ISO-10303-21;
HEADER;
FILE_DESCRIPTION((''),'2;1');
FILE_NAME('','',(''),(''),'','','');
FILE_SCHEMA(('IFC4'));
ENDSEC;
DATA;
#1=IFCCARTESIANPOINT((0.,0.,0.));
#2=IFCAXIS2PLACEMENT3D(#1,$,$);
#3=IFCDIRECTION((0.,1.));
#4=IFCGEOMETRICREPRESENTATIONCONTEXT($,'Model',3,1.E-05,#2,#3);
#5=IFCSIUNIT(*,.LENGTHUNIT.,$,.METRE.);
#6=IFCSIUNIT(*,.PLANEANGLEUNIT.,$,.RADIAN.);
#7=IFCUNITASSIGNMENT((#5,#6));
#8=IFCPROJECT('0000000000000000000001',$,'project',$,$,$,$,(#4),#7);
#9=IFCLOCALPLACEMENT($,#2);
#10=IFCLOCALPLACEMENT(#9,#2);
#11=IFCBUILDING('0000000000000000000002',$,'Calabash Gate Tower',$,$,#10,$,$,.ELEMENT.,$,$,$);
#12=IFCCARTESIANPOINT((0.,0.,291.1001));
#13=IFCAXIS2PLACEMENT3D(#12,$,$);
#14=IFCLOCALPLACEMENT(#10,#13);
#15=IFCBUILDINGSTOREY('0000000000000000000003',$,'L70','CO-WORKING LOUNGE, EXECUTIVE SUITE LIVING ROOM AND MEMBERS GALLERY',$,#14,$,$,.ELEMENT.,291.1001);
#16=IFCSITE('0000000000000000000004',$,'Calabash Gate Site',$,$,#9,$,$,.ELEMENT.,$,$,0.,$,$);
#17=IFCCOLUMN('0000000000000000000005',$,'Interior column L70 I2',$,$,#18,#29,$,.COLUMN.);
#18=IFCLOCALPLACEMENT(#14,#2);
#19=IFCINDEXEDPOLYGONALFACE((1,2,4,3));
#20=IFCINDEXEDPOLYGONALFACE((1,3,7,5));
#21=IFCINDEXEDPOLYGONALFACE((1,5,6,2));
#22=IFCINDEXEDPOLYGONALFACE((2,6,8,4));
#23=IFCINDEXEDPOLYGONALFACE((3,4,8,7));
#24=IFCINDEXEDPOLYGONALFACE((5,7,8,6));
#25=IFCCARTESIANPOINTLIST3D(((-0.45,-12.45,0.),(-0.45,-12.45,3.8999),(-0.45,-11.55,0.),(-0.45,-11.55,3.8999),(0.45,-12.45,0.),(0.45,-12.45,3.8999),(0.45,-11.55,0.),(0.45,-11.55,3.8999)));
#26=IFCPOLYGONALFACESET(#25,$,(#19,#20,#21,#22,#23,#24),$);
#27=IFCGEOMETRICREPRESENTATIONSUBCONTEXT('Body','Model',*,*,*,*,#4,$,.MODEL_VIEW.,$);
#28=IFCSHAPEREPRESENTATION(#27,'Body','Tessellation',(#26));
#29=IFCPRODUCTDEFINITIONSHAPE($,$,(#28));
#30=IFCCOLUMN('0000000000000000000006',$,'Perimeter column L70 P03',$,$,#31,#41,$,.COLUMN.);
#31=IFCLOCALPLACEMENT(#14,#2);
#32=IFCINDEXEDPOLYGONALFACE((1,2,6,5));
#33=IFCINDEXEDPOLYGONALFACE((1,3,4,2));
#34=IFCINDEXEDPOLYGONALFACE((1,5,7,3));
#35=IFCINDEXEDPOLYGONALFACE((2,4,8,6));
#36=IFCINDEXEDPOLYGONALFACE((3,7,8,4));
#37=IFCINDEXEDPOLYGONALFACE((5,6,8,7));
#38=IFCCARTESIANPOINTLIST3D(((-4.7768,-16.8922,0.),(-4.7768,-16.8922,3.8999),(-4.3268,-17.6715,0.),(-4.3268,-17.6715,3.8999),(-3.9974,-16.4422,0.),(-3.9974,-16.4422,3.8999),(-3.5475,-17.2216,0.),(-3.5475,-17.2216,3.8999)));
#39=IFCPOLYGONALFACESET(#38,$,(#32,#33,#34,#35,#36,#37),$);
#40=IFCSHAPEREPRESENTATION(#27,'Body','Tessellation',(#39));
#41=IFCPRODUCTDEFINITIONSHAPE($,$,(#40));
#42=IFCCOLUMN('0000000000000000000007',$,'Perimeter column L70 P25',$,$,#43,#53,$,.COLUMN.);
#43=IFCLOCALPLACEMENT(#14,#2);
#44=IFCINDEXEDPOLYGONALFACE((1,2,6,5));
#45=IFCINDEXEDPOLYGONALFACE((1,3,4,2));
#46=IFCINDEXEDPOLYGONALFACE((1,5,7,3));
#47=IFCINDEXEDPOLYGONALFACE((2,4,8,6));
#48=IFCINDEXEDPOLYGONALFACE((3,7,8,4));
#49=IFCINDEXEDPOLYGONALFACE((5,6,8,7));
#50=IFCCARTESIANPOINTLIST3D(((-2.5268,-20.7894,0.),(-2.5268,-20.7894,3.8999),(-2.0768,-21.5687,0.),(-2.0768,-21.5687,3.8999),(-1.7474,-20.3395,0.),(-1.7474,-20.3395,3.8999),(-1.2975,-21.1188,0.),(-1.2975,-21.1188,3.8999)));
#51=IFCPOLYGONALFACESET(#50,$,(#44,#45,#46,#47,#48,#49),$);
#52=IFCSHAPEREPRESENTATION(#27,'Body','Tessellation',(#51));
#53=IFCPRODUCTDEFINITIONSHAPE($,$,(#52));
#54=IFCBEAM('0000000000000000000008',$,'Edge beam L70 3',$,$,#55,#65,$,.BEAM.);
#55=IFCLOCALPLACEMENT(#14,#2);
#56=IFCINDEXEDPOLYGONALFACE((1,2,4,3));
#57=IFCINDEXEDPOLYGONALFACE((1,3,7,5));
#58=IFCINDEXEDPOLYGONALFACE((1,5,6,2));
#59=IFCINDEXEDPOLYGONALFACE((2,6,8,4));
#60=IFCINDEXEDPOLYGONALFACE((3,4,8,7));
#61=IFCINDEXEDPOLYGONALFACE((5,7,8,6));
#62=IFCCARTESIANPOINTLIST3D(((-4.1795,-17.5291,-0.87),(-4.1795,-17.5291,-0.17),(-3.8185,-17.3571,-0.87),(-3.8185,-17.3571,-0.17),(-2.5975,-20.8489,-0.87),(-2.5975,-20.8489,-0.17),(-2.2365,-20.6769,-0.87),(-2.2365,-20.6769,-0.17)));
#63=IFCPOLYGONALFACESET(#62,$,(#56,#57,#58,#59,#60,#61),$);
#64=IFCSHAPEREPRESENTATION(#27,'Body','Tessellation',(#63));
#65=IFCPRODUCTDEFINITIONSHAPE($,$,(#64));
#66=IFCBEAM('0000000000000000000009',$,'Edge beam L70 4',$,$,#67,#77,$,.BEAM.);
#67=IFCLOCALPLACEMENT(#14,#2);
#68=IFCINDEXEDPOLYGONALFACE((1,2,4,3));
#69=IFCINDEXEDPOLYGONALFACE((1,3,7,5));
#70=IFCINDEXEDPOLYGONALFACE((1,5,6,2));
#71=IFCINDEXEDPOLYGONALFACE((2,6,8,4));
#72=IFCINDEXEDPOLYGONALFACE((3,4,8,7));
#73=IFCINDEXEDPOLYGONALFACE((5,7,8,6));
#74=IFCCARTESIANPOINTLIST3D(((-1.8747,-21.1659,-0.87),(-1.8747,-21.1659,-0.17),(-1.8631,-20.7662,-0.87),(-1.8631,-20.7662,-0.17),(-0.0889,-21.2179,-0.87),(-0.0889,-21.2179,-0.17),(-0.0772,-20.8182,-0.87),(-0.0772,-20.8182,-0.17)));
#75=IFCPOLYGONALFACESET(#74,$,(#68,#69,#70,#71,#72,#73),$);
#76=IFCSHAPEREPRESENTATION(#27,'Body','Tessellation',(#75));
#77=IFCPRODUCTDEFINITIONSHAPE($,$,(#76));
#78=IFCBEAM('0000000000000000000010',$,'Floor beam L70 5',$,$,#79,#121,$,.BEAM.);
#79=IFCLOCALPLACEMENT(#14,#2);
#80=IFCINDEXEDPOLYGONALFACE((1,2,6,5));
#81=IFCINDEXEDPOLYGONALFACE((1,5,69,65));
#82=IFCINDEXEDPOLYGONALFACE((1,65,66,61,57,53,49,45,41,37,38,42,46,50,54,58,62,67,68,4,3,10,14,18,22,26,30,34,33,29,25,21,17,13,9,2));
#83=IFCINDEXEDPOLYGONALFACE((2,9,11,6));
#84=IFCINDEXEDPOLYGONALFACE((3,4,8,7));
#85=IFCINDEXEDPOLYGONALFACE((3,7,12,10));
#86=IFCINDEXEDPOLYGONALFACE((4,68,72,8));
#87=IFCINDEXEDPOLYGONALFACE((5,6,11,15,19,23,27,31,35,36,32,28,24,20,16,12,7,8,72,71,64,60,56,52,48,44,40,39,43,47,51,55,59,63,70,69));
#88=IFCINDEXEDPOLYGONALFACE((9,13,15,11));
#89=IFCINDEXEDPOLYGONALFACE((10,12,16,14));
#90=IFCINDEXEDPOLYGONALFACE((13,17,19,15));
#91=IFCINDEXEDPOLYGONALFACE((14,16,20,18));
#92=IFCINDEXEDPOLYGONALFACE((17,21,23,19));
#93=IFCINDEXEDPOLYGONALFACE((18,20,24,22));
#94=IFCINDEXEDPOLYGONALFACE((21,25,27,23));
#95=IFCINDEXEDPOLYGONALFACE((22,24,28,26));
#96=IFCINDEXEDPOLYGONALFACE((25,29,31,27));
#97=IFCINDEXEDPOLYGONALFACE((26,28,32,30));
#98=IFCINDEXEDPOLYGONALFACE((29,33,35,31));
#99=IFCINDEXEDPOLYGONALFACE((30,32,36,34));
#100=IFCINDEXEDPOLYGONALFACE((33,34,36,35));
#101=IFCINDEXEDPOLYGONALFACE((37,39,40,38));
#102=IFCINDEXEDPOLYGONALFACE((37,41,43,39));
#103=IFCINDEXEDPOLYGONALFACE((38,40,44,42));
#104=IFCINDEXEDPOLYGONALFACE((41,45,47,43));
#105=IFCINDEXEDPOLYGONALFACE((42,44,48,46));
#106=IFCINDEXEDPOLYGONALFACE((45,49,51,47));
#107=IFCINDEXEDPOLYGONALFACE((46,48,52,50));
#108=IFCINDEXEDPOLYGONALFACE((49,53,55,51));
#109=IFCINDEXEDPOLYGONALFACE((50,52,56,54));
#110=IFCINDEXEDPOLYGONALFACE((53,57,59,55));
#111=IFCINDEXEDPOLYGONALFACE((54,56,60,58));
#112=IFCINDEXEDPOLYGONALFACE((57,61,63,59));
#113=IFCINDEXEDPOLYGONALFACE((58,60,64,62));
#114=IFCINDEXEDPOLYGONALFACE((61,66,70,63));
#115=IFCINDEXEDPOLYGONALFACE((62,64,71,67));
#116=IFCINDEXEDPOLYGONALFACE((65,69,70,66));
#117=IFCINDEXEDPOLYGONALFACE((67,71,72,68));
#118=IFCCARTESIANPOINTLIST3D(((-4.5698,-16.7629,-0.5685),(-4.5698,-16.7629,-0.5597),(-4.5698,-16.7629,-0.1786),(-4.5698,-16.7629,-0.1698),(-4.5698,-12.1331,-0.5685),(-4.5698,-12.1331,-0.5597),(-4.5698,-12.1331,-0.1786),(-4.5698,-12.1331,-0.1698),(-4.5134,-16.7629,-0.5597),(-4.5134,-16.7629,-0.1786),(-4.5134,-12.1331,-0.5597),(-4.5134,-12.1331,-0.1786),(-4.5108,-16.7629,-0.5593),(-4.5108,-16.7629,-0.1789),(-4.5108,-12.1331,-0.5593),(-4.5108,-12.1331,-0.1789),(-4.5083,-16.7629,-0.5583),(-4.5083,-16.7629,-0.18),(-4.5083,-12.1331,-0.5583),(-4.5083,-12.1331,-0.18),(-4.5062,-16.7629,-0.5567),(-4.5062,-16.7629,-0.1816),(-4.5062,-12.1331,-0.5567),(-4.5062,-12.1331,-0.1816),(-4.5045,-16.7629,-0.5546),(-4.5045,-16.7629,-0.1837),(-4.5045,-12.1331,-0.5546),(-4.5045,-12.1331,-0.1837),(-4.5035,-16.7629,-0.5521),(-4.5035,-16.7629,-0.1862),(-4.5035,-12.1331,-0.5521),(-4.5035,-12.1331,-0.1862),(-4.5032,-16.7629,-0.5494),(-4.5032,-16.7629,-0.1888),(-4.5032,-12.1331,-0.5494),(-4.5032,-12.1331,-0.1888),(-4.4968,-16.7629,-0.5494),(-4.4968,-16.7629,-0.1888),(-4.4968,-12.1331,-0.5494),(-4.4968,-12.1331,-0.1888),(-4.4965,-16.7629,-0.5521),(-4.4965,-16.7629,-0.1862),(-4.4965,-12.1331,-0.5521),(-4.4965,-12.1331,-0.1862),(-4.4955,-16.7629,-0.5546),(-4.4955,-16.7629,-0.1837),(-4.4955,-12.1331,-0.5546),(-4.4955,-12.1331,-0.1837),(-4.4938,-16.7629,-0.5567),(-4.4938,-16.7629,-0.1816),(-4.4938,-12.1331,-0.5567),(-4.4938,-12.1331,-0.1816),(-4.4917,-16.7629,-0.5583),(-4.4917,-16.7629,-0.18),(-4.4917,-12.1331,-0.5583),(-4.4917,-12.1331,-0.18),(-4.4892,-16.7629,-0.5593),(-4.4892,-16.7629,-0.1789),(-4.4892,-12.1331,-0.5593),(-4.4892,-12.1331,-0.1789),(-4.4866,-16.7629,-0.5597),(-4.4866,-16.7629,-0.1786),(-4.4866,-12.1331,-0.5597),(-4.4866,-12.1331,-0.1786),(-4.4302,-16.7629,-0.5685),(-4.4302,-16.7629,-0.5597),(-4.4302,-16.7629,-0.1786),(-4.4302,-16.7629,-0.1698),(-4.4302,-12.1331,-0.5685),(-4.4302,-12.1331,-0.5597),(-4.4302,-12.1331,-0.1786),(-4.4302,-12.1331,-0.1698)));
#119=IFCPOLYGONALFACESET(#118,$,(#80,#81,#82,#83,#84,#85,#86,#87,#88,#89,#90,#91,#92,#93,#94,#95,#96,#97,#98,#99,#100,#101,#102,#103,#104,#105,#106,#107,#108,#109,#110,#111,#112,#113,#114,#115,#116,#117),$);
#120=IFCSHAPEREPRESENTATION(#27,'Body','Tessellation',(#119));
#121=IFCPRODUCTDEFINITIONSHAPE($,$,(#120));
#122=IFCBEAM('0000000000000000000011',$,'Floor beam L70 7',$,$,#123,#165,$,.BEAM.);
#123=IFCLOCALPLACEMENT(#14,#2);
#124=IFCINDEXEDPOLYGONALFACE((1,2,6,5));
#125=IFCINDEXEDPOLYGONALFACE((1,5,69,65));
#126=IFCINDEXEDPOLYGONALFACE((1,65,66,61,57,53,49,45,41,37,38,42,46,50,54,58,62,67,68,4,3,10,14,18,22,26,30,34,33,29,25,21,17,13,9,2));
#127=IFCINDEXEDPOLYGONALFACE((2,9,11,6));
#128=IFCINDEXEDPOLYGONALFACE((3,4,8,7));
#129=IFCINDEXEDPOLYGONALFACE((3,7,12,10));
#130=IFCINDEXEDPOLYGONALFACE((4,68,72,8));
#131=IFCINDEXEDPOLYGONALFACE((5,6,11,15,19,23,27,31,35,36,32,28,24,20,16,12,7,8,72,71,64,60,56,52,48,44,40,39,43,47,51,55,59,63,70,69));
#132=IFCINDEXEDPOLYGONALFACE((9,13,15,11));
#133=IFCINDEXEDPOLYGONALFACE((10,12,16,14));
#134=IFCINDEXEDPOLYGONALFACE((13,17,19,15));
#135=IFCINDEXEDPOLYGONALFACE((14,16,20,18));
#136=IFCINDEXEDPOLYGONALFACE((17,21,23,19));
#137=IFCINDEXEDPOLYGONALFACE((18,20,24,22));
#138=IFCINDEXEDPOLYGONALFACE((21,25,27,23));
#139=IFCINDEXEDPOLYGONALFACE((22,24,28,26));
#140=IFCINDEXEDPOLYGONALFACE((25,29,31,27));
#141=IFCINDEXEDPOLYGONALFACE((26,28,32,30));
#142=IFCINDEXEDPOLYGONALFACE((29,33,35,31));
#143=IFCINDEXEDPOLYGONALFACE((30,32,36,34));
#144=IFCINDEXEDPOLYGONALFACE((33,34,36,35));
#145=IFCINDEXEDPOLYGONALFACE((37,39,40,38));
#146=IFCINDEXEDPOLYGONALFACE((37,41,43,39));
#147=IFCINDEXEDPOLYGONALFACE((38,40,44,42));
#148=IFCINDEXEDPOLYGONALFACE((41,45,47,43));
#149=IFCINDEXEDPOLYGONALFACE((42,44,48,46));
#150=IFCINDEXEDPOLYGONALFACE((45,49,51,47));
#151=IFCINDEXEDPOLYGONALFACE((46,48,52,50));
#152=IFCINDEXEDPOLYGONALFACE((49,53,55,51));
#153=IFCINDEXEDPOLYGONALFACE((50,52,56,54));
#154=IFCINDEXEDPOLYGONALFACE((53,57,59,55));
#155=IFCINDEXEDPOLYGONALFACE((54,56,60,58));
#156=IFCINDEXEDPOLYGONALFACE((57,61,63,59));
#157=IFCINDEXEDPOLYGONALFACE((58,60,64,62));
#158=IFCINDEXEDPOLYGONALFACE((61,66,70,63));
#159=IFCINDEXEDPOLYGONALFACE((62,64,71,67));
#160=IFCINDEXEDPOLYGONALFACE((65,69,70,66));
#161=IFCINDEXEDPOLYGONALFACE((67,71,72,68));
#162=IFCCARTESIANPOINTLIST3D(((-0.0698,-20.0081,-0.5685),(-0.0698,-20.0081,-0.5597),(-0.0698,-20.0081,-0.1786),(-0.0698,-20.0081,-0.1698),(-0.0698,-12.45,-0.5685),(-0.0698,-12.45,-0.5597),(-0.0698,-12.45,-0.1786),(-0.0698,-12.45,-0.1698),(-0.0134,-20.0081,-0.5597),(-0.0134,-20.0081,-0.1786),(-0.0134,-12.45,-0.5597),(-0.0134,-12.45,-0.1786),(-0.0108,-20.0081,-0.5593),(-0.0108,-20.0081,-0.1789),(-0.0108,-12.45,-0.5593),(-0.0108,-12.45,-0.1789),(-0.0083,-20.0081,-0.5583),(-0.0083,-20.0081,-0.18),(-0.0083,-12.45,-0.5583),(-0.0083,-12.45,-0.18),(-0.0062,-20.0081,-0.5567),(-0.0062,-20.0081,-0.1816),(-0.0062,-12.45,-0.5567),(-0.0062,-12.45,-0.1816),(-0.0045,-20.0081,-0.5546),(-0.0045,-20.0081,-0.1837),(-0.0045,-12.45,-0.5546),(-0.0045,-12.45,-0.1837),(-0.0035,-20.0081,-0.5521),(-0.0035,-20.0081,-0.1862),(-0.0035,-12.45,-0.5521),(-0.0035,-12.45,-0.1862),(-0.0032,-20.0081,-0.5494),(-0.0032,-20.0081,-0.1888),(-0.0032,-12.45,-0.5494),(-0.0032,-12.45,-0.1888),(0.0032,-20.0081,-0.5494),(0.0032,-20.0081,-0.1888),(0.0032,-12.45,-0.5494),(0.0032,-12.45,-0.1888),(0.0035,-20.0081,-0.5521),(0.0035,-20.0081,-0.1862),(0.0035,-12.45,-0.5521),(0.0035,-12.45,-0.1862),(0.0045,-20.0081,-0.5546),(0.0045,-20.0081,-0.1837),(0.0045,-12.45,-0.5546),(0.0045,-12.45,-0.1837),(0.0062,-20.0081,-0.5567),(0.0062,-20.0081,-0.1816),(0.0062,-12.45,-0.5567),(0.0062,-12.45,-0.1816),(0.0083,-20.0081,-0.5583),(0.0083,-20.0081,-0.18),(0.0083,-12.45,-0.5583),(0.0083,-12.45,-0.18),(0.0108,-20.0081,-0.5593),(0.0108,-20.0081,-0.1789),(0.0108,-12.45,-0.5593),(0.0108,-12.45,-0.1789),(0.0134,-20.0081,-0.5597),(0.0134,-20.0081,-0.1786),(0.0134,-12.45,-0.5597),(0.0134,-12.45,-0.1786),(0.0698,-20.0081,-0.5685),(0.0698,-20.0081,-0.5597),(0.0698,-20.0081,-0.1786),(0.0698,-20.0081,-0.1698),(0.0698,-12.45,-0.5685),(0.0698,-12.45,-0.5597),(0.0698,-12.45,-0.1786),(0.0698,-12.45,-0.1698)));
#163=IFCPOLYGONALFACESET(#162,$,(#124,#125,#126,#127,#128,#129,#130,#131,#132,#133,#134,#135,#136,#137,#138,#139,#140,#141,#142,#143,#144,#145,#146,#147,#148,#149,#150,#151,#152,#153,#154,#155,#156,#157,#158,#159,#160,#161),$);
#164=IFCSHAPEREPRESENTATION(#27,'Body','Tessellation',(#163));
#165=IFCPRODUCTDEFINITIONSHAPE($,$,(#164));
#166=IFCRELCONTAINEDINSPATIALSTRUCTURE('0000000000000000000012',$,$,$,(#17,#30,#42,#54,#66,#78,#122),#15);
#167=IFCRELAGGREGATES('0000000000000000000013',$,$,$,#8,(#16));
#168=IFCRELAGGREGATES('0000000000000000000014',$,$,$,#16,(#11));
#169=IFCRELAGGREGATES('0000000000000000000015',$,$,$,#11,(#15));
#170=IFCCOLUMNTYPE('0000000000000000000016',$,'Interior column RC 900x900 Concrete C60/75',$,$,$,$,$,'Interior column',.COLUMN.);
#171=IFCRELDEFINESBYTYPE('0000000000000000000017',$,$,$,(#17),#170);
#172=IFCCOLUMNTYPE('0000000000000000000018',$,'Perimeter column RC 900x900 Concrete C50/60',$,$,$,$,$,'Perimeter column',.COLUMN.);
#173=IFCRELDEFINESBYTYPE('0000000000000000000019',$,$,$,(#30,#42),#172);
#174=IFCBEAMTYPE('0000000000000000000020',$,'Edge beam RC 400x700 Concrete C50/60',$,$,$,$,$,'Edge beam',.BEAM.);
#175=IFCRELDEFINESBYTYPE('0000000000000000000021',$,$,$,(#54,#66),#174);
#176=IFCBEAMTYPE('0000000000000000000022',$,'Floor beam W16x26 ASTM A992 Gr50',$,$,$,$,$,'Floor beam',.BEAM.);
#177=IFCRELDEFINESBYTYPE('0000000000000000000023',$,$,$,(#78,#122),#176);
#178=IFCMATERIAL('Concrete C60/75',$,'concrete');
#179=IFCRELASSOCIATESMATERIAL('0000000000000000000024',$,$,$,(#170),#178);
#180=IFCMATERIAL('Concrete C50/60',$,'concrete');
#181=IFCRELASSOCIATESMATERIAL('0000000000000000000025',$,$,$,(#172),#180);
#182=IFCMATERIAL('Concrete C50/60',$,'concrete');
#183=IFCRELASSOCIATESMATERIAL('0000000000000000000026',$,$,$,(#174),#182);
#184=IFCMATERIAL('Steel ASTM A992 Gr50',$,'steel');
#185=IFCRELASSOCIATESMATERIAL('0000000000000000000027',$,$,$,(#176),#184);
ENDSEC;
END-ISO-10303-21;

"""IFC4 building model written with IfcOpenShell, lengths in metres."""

from ifc_helpers import new_model, si_unit, direction, frame, origin, origin_2d, place, context, subcontext, project, spatial, rectangle, i_section, extrude, material, material_profile, profile_set, type_object, element, save


model = new_model("IFC4")

# Units and contexts
model_context = context("Model", 3, precision=1e-05, world=origin(), true_north=direction((0.0, 1.0)))
body_context = subcontext(model_context, "Body", "Model", "MODEL_VIEW")
ifc_project = project(units=[si_unit("LENGTHUNIT", "METRE"), si_unit("PLANEANGLEUNIT", "RADIAN")], contexts=[model_context])

# Site, building, storey
site_placement = place(None, origin())
site = spatial("IfcSite", under=ifc_project, at=site_placement, Name="Calabash Gate Site", CompositionType="ELEMENT", RefElevation=0.0)
building_placement = place(site_placement, origin())
building = spatial("IfcBuilding", under=site, at=building_placement, Name="Calabash Gate Tower", CompositionType="ELEMENT")
storey_placement = place(building_placement, frame((0.0, 0.0, 291.1001)))
storey = spatial("IfcBuildingStorey", under=building, at=storey_placement, Name="L70", Description="CO-WORKING LOUNGE, EXECUTIVE SUITE LIVING ROOM AND MEMBERS GALLERY", CompositionType="ELEMENT", Elevation=291.1001)

# Columns
ifc_material_1 = material(Name="Concrete C60/75", Category="concrete")
ifc_material_profile_1 = material_profile(ifc_material_1, rectangle(XDim=0.8999, YDim=0.8999, at=origin_2d()))
ifc_profile_set_1 = profile_set([ifc_material_profile_1], Name="Concrete C60/75")
column_type_1 = type_object("IfcColumnType", Name="Interior column RC 900x900 Concrete C60/75", ElementType="Interior column", PredefinedType="COLUMN", material=ifc_profile_set_1)
column_placement = place(storey_placement, frame((0.0, -12.0, 0.0), z_axis=(0.0, 0.0, 1.0), x_axis=(1.0, 0.0, 0.0)))
element("IfcColumn", 1, at=column_placement, inside=storey, type_object=column_type_1, Name="Interior column L70 I2", PredefinedType="COLUMN", context=body_context, shape_type="SweptSolid", body=[
    extrude(rectangle(XDim=0.8999, YDim=0.8999, at=origin_2d()), origin(), (0.0, 0.0, 1.0), 3.8999),
])
ifc_material_2 = material(Name="Concrete C50/60", Category="concrete")
ifc_material_profile_2 = material_profile(ifc_material_2, rectangle(XDim=0.8999, YDim=0.8999, at=origin_2d()))
ifc_profile_set_2 = profile_set([ifc_material_profile_2], Name="Concrete C50/60")
column_type_2 = type_object("IfcColumnType", Name="Perimeter column RC 900x900 Concrete C50/60", ElementType="Perimeter column", PredefinedType="COLUMN", material=ifc_profile_set_2)
for number, where, z_axis, x_axis, name in (
    (2, (-4.1621, -17.0569, 0.0), (0.0, 0.0, 1.0), (0.5, -0.866025, 0.0), "Perimeter column L70 P03"),
    (3, (-1.9121, -20.9541, 0.0), (0.0, 0.0, 1.0), (0.5, -0.866025, 0.0), "Perimeter column L70 P25"),
):
    element("IfcColumn", number, at=place(storey_placement, frame(where, z_axis=z_axis, x_axis=x_axis)), inside=storey, type_object=column_type_2, Name=name, PredefinedType="COLUMN", context=body_context, shape_type="SweptSolid", body=[
        extrude(rectangle(XDim=0.8999, YDim=0.8999, at=origin_2d()), origin(), (0.0, 0.0, 1.0), 3.8999),
    ])

# Beams
ifc_material_3 = material(Name="Concrete C50/60", Category="concrete")
ifc_material_profile_3 = material_profile(ifc_material_3, rectangle(XDim=0.3999, YDim=0.7, at=origin_2d()))
ifc_profile_set_3 = profile_set([ifc_material_profile_3], Name="Concrete C50/60")
beam_type_1 = type_object("IfcBeamType", Name="Edge beam RC 400x700 Concrete C50/60", ElementType="Edge beam", PredefinedType="BEAM", material=ifc_profile_set_3)
beam_1_placement = place(storey_placement, frame((-3.999, -17.4431, -0.52), z_axis=(0.430191, -0.902738, 0.0), x_axis=(0.902738, 0.430191, 0.0)))
element("IfcBeam", 4, at=beam_1_placement, inside=storey, type_object=beam_type_1, Name="Edge beam L70 3", PredefinedType="BEAM", context=body_context, shape_type="SweptSolid", body=[
    extrude(rectangle(XDim=0.3999, YDim=0.7, at=origin_2d()), origin(), (0.0, 0.0, 1.0), 3.6775),
])
beam_2_placement = place(storey_placement, frame((-1.8689, -20.9661, -0.52), z_axis=(0.999576, -0.029106, 0.0), x_axis=(0.029106, 0.999576, 0.0)))
element("IfcBeam", 5, at=beam_2_placement, inside=storey, type_object=beam_type_1, Name="Edge beam L70 4", PredefinedType="BEAM", context=body_context, shape_type="SweptSolid", body=[
    extrude(rectangle(XDim=0.3999, YDim=0.7, at=origin_2d()), origin(), (0.0, 0.0, 1.0), 1.7866),
])
ifc_material_4 = material(Name="Steel ASTM A992 Gr50", Category="steel")
ifc_material_profile_4 = material_profile(ifc_material_4, i_section(OverallWidth=0.1396, OverallDepth=0.3987, WebThickness=0.0063, FlangeThickness=0.0088, FilletRadius=0.0103, at=origin_2d()))
ifc_profile_set_4 = profile_set([ifc_material_profile_4], Name="Steel ASTM A992 Gr50")
beam_type_2 = type_object("IfcBeamType", Name="Floor beam W16x26 ASTM A992 Gr50", ElementType="Floor beam", PredefinedType="BEAM", material=ifc_profile_set_4)
beam_3_placement = place(storey_placement, frame((-4.5, -16.7629, -0.3691), z_axis=(0.0, 1.0, 0.0), x_axis=(-1.0, 0.0, 0.0)))
element("IfcBeam", 6, at=beam_3_placement, inside=storey, type_object=beam_type_2, Name="Floor beam L70 5", PredefinedType="BEAM", context=body_context, shape_type="SweptSolid", body=[
    extrude(i_section(OverallWidth=0.1396, OverallDepth=0.3987, WebThickness=0.0063, FlangeThickness=0.0088, FilletRadius=0.0103, at=origin_2d()), origin(), (0.0, 0.0, 1.0), 4.6299),
])
beam_4_placement = place(storey_placement, frame((0.0, -20.0081, -0.3691), z_axis=(0.0, 1.0, 0.0), x_axis=(-1.0, 0.0, 0.0)))
element("IfcBeam", 7, at=beam_4_placement, inside=storey, type_object=beam_type_2, Name="Floor beam L70 7", PredefinedType="BEAM", context=body_context, shape_type="SweptSolid", body=[
    extrude(i_section(OverallWidth=0.1396, OverallDepth=0.3987, WebThickness=0.0063, FlangeThickness=0.0088, FilletRadius=0.0103, at=origin_2d()), origin(), (0.0, 0.0, 1.0), 7.5581),
])

save(model, "model.ifc")
